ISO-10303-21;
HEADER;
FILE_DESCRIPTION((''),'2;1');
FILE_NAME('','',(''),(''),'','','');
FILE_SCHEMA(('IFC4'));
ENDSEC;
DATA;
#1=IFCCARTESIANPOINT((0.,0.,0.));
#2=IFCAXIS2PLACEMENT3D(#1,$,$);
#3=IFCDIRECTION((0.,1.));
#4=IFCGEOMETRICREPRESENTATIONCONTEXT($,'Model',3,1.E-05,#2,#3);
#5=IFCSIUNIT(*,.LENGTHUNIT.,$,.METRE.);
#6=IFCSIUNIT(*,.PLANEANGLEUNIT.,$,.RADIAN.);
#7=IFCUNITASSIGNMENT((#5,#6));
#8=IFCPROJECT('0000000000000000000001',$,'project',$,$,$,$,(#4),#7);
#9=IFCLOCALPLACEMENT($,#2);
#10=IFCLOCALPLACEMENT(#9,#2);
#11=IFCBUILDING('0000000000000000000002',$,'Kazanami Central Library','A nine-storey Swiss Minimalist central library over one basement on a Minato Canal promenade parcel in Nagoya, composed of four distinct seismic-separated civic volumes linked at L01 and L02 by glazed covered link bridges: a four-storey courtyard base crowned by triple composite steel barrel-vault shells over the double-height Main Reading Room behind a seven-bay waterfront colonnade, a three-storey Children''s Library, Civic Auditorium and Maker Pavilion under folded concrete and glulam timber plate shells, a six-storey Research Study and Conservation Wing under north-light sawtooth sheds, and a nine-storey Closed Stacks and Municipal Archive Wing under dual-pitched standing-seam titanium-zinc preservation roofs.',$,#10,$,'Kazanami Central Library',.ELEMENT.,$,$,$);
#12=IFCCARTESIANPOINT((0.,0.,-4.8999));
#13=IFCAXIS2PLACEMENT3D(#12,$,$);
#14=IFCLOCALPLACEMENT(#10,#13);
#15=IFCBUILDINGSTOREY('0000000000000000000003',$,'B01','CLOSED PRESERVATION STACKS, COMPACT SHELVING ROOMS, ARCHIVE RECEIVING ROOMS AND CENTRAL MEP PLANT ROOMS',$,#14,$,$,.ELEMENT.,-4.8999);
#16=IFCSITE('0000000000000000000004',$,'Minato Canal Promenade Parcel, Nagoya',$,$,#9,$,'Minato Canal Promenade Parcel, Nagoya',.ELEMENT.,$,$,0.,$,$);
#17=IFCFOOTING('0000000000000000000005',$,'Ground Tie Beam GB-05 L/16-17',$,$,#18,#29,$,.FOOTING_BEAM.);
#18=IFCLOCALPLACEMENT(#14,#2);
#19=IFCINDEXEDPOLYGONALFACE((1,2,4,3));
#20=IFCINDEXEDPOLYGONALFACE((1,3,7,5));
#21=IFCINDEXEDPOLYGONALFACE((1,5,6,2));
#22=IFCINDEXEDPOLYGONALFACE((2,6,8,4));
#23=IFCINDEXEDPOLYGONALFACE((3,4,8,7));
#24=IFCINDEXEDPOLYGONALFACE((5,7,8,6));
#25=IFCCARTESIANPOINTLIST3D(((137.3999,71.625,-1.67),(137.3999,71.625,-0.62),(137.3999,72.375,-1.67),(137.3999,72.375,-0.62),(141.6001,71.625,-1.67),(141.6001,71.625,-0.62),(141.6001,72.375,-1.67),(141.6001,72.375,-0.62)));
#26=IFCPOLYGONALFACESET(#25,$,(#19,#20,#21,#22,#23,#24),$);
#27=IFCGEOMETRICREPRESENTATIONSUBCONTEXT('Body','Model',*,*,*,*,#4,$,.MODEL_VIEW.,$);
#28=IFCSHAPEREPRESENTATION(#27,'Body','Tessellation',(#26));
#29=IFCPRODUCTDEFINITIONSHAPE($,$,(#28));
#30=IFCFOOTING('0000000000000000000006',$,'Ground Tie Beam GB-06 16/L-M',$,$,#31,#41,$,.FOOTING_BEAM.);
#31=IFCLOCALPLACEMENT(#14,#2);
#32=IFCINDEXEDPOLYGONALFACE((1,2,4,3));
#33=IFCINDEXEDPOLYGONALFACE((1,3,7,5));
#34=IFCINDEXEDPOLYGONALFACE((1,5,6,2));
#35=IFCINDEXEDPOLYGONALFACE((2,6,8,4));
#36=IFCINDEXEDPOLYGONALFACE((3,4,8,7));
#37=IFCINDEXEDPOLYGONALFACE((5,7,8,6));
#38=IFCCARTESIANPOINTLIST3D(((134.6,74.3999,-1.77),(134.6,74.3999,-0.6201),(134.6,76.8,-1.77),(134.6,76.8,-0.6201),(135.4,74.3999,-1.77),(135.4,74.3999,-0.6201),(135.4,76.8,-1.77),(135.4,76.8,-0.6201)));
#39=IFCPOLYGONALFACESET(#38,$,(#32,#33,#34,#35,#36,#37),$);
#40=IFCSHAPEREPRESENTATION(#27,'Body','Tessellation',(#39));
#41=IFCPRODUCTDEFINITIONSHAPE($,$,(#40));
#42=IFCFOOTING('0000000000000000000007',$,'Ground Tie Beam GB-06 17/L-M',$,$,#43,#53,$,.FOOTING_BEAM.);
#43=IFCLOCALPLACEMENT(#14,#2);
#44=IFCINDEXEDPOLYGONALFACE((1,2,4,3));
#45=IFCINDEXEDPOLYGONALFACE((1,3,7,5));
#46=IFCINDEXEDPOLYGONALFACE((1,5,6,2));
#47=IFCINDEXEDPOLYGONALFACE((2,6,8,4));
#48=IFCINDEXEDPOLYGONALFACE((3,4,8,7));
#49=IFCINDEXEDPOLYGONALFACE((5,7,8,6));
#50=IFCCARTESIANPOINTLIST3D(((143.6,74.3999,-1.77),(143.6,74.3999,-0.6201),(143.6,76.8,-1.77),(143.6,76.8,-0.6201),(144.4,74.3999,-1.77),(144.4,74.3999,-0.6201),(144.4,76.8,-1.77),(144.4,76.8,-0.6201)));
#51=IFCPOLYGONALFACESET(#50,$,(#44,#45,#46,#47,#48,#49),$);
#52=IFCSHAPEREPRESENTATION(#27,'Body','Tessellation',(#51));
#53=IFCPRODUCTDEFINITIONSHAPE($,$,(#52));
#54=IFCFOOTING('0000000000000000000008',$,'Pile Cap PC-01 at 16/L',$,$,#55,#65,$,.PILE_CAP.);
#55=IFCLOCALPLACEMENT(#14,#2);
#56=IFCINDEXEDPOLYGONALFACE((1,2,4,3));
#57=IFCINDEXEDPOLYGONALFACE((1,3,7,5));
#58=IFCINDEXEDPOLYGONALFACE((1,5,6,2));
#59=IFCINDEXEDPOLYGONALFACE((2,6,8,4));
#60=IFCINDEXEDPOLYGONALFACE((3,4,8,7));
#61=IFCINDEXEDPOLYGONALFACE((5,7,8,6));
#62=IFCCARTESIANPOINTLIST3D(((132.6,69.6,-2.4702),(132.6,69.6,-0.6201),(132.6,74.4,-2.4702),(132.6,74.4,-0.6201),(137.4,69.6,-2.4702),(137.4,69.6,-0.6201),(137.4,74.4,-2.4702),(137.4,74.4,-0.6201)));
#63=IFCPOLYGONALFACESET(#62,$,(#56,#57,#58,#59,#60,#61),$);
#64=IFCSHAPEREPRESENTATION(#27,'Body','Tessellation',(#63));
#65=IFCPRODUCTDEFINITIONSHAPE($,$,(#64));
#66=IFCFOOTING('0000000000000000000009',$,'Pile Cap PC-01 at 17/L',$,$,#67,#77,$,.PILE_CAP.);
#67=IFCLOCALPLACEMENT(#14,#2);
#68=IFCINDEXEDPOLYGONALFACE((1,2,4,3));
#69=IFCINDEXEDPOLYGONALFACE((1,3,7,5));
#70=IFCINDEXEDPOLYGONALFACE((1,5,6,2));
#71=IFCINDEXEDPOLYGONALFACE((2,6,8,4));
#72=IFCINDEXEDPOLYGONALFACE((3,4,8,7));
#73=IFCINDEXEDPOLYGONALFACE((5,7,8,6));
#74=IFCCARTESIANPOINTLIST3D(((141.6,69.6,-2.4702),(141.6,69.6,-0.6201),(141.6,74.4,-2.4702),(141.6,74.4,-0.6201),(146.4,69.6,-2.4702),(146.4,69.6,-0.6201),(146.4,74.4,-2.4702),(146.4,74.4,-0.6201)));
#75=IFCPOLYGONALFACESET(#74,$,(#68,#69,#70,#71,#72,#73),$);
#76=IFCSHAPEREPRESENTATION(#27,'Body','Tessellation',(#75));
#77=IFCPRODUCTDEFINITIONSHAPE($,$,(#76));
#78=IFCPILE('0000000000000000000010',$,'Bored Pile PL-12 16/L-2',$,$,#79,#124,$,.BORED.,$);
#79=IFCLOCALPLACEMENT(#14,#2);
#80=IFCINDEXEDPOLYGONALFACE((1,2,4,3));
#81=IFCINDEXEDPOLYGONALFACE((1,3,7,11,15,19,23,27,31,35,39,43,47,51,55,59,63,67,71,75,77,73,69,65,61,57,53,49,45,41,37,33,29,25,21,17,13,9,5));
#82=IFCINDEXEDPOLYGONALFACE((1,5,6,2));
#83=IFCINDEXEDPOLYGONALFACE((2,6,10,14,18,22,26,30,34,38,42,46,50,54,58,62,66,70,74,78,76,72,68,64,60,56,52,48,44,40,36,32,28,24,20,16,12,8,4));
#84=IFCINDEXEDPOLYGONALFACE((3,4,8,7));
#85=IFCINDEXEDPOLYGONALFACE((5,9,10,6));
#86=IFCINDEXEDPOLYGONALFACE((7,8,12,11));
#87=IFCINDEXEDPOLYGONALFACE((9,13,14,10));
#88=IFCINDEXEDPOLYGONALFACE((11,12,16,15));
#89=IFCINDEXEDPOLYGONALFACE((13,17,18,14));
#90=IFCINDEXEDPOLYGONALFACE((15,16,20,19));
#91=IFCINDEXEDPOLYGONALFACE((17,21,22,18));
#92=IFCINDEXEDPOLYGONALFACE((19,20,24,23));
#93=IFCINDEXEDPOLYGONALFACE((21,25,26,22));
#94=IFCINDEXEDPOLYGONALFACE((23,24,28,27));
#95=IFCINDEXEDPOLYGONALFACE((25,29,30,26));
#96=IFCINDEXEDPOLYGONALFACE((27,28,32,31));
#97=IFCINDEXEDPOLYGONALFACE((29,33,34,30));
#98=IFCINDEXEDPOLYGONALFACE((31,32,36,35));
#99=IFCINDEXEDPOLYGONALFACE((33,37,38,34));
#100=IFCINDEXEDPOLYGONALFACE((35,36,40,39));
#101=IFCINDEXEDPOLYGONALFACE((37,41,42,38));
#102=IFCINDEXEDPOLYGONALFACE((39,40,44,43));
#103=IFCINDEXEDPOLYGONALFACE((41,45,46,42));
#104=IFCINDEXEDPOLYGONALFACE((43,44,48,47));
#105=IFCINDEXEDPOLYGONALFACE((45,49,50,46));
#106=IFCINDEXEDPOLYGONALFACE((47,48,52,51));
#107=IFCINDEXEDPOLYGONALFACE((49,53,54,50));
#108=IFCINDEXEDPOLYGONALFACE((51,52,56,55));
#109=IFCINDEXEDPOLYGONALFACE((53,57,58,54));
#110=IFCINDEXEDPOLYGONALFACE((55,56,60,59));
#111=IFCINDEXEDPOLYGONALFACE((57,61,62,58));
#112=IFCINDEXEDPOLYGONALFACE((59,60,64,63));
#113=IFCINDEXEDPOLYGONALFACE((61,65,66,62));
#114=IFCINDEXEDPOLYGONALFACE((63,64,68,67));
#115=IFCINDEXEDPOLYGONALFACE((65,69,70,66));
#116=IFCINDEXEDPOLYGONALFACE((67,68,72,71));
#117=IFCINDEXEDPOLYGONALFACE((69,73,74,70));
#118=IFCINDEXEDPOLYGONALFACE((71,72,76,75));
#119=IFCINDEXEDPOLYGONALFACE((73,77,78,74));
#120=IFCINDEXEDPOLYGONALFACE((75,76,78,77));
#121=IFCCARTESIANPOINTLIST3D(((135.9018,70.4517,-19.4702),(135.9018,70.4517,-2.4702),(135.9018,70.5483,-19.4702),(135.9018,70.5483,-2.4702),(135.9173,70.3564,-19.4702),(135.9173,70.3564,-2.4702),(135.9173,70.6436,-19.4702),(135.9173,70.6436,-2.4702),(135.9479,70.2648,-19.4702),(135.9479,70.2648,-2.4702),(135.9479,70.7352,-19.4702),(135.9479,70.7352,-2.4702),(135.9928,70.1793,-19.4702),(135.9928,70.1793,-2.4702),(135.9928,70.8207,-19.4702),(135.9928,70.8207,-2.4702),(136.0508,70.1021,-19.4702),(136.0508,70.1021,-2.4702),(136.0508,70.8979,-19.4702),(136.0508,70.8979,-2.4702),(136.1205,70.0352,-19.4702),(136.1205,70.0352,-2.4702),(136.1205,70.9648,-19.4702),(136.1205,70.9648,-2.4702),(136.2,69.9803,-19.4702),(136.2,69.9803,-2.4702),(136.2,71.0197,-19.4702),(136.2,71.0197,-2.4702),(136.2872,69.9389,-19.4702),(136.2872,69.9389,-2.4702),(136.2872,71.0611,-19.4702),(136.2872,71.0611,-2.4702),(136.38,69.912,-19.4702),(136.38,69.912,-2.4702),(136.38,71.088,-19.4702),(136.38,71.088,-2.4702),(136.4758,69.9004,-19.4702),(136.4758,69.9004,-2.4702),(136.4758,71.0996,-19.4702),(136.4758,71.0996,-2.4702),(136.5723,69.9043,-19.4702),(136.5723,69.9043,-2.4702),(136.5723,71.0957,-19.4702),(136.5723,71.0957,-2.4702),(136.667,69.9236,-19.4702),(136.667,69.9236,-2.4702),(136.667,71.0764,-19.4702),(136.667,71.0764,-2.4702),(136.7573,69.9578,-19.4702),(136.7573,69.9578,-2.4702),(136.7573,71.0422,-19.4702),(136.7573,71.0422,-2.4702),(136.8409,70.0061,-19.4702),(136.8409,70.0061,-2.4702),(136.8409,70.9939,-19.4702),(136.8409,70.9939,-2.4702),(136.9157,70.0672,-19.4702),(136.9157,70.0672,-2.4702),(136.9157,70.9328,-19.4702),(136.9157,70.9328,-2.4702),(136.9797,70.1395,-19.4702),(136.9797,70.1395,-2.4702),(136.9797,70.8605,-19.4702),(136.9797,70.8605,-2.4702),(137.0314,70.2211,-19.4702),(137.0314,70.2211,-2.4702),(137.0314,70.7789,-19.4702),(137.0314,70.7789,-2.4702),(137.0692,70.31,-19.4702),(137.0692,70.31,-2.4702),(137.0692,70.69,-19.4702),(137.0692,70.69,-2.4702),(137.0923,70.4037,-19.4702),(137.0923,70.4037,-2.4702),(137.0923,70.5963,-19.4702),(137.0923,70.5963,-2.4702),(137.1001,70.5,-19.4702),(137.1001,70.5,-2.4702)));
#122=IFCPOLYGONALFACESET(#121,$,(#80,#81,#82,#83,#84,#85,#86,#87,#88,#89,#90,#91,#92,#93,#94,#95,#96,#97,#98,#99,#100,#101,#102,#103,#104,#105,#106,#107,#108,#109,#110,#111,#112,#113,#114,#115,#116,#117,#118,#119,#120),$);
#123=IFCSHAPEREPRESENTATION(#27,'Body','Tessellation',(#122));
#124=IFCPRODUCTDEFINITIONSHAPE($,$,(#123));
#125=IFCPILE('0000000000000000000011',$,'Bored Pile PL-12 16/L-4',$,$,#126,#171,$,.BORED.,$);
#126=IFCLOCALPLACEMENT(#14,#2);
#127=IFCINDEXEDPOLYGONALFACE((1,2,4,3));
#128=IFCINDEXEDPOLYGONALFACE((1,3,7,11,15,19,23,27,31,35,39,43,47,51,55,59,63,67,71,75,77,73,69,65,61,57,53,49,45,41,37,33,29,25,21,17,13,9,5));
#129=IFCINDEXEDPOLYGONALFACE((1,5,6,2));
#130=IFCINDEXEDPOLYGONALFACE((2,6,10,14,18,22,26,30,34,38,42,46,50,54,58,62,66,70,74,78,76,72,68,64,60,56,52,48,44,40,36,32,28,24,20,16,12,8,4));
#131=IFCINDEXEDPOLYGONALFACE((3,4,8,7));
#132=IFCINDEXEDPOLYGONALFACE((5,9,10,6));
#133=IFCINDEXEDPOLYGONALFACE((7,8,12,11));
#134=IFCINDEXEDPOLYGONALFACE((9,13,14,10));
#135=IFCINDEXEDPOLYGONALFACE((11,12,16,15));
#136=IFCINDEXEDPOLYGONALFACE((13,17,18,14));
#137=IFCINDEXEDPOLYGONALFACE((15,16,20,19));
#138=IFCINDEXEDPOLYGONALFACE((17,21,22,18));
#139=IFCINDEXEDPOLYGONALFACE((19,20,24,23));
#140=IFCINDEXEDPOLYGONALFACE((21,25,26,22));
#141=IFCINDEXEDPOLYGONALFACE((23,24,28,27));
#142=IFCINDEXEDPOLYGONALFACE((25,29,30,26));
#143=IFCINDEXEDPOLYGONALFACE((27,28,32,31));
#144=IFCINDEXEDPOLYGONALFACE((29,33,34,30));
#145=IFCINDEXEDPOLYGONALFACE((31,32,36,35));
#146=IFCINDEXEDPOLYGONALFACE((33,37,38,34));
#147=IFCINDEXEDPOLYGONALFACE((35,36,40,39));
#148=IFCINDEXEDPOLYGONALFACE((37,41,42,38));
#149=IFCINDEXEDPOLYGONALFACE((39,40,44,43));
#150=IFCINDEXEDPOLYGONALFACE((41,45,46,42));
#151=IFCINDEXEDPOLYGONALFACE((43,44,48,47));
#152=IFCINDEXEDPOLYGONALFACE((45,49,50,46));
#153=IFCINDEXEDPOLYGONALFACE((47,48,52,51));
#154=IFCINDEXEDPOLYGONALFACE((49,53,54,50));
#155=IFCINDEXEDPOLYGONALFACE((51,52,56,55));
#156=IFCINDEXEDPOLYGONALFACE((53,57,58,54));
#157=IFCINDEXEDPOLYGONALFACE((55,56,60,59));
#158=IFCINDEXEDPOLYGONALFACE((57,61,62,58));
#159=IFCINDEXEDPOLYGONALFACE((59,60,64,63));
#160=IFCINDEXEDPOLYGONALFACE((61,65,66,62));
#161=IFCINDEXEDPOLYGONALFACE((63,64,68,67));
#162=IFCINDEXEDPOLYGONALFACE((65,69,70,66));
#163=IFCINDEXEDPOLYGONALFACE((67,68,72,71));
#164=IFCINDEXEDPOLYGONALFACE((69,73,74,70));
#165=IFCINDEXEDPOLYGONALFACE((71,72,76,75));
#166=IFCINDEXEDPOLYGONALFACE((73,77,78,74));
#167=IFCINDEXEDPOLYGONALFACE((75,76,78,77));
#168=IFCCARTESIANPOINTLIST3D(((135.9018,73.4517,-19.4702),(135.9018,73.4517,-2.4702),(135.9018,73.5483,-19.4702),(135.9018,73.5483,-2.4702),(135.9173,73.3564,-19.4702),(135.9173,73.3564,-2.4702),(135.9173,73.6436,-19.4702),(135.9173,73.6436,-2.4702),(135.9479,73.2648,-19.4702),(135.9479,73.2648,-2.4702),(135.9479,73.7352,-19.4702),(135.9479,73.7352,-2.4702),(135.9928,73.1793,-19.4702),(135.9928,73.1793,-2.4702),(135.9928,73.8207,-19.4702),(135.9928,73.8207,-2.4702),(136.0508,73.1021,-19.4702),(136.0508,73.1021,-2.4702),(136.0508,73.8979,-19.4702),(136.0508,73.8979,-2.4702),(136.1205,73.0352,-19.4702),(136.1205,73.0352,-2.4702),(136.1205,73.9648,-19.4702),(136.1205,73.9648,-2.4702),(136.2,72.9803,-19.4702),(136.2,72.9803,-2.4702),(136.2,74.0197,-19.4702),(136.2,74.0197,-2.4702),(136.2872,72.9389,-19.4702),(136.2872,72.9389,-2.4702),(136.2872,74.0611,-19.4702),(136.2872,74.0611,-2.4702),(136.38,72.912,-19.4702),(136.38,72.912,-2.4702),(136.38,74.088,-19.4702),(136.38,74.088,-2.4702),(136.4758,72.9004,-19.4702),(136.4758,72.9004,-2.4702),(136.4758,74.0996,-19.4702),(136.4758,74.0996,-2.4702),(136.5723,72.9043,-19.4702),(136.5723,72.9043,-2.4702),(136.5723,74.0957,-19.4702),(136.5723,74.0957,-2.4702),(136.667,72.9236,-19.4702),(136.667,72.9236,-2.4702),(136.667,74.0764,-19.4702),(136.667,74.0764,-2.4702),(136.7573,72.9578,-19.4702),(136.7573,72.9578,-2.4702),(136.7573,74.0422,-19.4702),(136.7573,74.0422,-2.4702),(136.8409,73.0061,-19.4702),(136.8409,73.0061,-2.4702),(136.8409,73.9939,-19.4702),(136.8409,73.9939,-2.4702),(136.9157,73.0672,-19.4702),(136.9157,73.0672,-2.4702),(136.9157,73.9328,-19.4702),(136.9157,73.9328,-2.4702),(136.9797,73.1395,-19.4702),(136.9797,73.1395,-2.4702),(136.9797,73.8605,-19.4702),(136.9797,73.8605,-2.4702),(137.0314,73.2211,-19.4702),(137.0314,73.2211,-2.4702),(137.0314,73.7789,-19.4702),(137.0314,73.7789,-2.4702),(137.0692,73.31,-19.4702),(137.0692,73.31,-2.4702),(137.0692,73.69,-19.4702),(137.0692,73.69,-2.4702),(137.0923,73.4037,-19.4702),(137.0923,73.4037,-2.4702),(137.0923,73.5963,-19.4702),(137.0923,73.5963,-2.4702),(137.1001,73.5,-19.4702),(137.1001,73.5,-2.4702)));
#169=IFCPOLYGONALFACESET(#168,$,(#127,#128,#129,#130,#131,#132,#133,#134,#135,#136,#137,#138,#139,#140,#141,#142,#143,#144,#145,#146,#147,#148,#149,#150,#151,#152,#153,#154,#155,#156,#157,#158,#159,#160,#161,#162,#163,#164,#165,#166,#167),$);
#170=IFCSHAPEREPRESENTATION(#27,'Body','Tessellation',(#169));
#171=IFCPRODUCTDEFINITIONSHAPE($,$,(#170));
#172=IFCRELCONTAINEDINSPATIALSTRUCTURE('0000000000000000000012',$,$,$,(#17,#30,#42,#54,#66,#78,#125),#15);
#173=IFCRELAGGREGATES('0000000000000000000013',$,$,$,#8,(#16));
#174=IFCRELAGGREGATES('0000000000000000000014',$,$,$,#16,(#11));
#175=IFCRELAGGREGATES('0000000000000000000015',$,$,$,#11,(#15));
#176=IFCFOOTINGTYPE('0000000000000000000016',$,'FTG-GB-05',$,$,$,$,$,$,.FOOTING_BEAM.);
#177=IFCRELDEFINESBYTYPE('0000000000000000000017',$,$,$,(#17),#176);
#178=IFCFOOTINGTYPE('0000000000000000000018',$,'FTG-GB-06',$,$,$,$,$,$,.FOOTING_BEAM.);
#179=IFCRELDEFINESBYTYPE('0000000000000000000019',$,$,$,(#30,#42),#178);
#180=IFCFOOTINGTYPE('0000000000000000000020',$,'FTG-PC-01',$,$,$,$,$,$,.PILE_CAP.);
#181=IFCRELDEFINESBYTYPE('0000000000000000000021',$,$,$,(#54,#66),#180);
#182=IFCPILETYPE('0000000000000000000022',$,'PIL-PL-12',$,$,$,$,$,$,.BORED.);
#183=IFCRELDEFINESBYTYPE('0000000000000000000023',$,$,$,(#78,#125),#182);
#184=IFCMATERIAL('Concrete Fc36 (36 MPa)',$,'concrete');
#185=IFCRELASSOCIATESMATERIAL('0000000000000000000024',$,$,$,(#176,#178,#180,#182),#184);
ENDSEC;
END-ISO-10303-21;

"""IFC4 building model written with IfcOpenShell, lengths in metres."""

from ifc_helpers import new_model, si_unit, direction, frame, origin, origin_2d, place, context, subcontext, project, spatial, rectangle, circle, extrude, material, material_profile, profile_set, type_object, element, save


model = new_model("IFC4")

# Units and contexts
model_context = context("Model", 3, precision=1e-05, world=origin(), true_north=direction((0.0, 1.0)))
body_context = subcontext(model_context, "Body", "Model", "MODEL_VIEW")
ifc_project = project(units=[si_unit("LENGTHUNIT", "METRE"), si_unit("PLANEANGLEUNIT", "RADIAN")], contexts=[model_context])

# Site, building, storey
site_placement = place(None, origin())
site = spatial("IfcSite", under=ifc_project, at=site_placement, Name="Minato Canal Promenade Parcel, Nagoya", LongName="Minato Canal Promenade Parcel, Nagoya", CompositionType="ELEMENT", RefElevation=0.0)
building_placement = place(site_placement, origin())
building = spatial("IfcBuilding", under=site, at=building_placement, Name="Kazanami Central Library", Description="A nine-storey Swiss Minimalist central library over one basement on a Minato Canal promenade parcel in Nagoya, composed of four distinct seismic-separated civic volumes linked at L01 and L02 by glazed covered link bridges: a four-storey courtyard base crowned by triple composite steel barrel-vault shells over the double-height Main Reading Room behind a seven-bay waterfront colonnade, a three-storey Children's Library, Civic Auditorium and Maker Pavilion under folded concrete and glulam timber plate shells, a six-storey Research Study and Conservation Wing under north-light sawtooth sheds, and a nine-storey Closed Stacks and Municipal Archive Wing under dual-pitched standing-seam titanium-zinc preservation roofs.", LongName="Kazanami Central Library", CompositionType="ELEMENT")
storey_placement = place(building_placement, frame((0.0, 0.0, -4.8999)))
storey = spatial("IfcBuildingStorey", under=building, at=storey_placement, Name="B01", Description="CLOSED PRESERVATION STACKS, COMPACT SHELVING ROOMS, ARCHIVE RECEIVING ROOMS AND CENTRAL MEP PLANT ROOMS", CompositionType="ELEMENT", Elevation=-4.8999)

# Footings
ifc_material_1 = material(Name="Concrete Fc36 (36 MPa)", Category="concrete")
ifc_material_profile_1 = material_profile(ifc_material_1, rectangle(XDim=0.75, YDim=1.05, at=origin_2d()), Name="RC-750x1050")
ifc_profile_set_1 = profile_set([ifc_material_profile_1], Name="Concrete Fc36 (36 MPa)")
footing_type_1 = type_object("IfcFootingType", Name="FTG-GB-05", PredefinedType="FOOTING_BEAM", material=ifc_profile_set_1)
footing_placement = place(storey_placement, frame((137.3999, 72.0, -1.145), z_axis=(1.0, 0.0, 0.0), x_axis=(0.0, 1.0, 0.0)))
element("IfcFooting", 1, at=footing_placement, inside=storey, type_object=footing_type_1, Name="Ground Tie Beam GB-05 L/16-17", PredefinedType="FOOTING_BEAM", context=body_context, shape_type="SweptSolid", body=[
    extrude(rectangle(XDim=0.75, YDim=1.05, at=origin_2d()), origin(), (0.0, 0.0, 1.0), 4.2002),
])
ifc_material_profile_2 = material_profile(ifc_material_1, rectangle(XDim=0.8, YDim=1.1499, at=origin_2d()), Name="RC-800x1150")
ifc_profile_set_2 = profile_set([ifc_material_profile_2], Name="Concrete Fc36 (36 MPa)")
footing_type_2 = type_object("IfcFootingType", Name="FTG-GB-06", PredefinedType="FOOTING_BEAM", material=ifc_profile_set_2)
for number, where, z_axis, x_axis, name in (
    (2, (135.0, 74.3999, -1.1951), (0.0, 1.0, 0.0), (-1.0, 0.0, 0.0), "Ground Tie Beam GB-06 16/L-M"),
    (3, (144.0, 74.3999, -1.1951), (0.0, 1.0, 0.0), (-1.0, 0.0, 0.0), "Ground Tie Beam GB-06 17/L-M"),
):
    element("IfcFooting", number, at=place(storey_placement, frame(where, z_axis=z_axis, x_axis=x_axis)), inside=storey, type_object=footing_type_2, Name=name, PredefinedType="FOOTING_BEAM", context=body_context, shape_type="SweptSolid", body=[
        extrude(rectangle(XDim=0.8, YDim=1.1499, at=origin_2d()), origin(), (0.0, 0.0, 1.0), 2.4001),
    ])
footing_type_3 = type_object("IfcFootingType", Name="FTG-PC-01", PredefinedType="PILE_CAP", material=ifc_material_1)
for number, where, z_axis, x_axis, name in (
    (4, (135.0, 72.0, -2.4702), (0.0, 0.0, 1.0), (1.0, 0.0, 0.0), "Pile Cap PC-01 at 16/L"),
    (5, (144.0, 72.0, -2.4702), (0.0, 0.0, 1.0), (1.0, 0.0, 0.0), "Pile Cap PC-01 at 17/L"),
):
    element("IfcFooting", number, at=place(storey_placement, frame(where, z_axis=z_axis, x_axis=x_axis)), inside=storey, type_object=footing_type_3, Name=name, PredefinedType="PILE_CAP", context=body_context, shape_type="SweptSolid", body=[
        extrude(rectangle(XDim=4.8, YDim=4.8, at=origin_2d()), origin(), (0.0, 0.0, 1.0), 1.8501),
    ])

# Piles
ifc_material_profile_3 = material_profile(ifc_material_1, circle(Radius=0.6001, at=origin_2d()), Name="BORED-D1200")
ifc_profile_set_3 = profile_set([ifc_material_profile_3], Name="Concrete Fc36 (36 MPa)")
pile_type = type_object("IfcPileType", Name="PIL-PL-12", PredefinedType="BORED", material=ifc_profile_set_3)
for number, where, z_axis, x_axis, name in (
    (6, (136.5, 70.5, -2.4702), (0.0, 0.0, -1.0), (1.0, 0.0, 0.0), "Bored Pile PL-12 16/L-2"),
    (7, (136.5, 73.5, -2.4702), (0.0, 0.0, -1.0), (1.0, 0.0, 0.0), "Bored Pile PL-12 16/L-4"),
):
    element("IfcPile", number, at=place(storey_placement, frame(where, z_axis=z_axis, x_axis=x_axis)), inside=storey, type_object=pile_type, Name=name, PredefinedType="BORED", context=body_context, shape_type="SweptSolid", body=[
        extrude(circle(Radius=0.6001, at=origin_2d()), origin(), (0.0, 0.0, 1.0), 17.0),
    ])

save(model, "model.ifc")
